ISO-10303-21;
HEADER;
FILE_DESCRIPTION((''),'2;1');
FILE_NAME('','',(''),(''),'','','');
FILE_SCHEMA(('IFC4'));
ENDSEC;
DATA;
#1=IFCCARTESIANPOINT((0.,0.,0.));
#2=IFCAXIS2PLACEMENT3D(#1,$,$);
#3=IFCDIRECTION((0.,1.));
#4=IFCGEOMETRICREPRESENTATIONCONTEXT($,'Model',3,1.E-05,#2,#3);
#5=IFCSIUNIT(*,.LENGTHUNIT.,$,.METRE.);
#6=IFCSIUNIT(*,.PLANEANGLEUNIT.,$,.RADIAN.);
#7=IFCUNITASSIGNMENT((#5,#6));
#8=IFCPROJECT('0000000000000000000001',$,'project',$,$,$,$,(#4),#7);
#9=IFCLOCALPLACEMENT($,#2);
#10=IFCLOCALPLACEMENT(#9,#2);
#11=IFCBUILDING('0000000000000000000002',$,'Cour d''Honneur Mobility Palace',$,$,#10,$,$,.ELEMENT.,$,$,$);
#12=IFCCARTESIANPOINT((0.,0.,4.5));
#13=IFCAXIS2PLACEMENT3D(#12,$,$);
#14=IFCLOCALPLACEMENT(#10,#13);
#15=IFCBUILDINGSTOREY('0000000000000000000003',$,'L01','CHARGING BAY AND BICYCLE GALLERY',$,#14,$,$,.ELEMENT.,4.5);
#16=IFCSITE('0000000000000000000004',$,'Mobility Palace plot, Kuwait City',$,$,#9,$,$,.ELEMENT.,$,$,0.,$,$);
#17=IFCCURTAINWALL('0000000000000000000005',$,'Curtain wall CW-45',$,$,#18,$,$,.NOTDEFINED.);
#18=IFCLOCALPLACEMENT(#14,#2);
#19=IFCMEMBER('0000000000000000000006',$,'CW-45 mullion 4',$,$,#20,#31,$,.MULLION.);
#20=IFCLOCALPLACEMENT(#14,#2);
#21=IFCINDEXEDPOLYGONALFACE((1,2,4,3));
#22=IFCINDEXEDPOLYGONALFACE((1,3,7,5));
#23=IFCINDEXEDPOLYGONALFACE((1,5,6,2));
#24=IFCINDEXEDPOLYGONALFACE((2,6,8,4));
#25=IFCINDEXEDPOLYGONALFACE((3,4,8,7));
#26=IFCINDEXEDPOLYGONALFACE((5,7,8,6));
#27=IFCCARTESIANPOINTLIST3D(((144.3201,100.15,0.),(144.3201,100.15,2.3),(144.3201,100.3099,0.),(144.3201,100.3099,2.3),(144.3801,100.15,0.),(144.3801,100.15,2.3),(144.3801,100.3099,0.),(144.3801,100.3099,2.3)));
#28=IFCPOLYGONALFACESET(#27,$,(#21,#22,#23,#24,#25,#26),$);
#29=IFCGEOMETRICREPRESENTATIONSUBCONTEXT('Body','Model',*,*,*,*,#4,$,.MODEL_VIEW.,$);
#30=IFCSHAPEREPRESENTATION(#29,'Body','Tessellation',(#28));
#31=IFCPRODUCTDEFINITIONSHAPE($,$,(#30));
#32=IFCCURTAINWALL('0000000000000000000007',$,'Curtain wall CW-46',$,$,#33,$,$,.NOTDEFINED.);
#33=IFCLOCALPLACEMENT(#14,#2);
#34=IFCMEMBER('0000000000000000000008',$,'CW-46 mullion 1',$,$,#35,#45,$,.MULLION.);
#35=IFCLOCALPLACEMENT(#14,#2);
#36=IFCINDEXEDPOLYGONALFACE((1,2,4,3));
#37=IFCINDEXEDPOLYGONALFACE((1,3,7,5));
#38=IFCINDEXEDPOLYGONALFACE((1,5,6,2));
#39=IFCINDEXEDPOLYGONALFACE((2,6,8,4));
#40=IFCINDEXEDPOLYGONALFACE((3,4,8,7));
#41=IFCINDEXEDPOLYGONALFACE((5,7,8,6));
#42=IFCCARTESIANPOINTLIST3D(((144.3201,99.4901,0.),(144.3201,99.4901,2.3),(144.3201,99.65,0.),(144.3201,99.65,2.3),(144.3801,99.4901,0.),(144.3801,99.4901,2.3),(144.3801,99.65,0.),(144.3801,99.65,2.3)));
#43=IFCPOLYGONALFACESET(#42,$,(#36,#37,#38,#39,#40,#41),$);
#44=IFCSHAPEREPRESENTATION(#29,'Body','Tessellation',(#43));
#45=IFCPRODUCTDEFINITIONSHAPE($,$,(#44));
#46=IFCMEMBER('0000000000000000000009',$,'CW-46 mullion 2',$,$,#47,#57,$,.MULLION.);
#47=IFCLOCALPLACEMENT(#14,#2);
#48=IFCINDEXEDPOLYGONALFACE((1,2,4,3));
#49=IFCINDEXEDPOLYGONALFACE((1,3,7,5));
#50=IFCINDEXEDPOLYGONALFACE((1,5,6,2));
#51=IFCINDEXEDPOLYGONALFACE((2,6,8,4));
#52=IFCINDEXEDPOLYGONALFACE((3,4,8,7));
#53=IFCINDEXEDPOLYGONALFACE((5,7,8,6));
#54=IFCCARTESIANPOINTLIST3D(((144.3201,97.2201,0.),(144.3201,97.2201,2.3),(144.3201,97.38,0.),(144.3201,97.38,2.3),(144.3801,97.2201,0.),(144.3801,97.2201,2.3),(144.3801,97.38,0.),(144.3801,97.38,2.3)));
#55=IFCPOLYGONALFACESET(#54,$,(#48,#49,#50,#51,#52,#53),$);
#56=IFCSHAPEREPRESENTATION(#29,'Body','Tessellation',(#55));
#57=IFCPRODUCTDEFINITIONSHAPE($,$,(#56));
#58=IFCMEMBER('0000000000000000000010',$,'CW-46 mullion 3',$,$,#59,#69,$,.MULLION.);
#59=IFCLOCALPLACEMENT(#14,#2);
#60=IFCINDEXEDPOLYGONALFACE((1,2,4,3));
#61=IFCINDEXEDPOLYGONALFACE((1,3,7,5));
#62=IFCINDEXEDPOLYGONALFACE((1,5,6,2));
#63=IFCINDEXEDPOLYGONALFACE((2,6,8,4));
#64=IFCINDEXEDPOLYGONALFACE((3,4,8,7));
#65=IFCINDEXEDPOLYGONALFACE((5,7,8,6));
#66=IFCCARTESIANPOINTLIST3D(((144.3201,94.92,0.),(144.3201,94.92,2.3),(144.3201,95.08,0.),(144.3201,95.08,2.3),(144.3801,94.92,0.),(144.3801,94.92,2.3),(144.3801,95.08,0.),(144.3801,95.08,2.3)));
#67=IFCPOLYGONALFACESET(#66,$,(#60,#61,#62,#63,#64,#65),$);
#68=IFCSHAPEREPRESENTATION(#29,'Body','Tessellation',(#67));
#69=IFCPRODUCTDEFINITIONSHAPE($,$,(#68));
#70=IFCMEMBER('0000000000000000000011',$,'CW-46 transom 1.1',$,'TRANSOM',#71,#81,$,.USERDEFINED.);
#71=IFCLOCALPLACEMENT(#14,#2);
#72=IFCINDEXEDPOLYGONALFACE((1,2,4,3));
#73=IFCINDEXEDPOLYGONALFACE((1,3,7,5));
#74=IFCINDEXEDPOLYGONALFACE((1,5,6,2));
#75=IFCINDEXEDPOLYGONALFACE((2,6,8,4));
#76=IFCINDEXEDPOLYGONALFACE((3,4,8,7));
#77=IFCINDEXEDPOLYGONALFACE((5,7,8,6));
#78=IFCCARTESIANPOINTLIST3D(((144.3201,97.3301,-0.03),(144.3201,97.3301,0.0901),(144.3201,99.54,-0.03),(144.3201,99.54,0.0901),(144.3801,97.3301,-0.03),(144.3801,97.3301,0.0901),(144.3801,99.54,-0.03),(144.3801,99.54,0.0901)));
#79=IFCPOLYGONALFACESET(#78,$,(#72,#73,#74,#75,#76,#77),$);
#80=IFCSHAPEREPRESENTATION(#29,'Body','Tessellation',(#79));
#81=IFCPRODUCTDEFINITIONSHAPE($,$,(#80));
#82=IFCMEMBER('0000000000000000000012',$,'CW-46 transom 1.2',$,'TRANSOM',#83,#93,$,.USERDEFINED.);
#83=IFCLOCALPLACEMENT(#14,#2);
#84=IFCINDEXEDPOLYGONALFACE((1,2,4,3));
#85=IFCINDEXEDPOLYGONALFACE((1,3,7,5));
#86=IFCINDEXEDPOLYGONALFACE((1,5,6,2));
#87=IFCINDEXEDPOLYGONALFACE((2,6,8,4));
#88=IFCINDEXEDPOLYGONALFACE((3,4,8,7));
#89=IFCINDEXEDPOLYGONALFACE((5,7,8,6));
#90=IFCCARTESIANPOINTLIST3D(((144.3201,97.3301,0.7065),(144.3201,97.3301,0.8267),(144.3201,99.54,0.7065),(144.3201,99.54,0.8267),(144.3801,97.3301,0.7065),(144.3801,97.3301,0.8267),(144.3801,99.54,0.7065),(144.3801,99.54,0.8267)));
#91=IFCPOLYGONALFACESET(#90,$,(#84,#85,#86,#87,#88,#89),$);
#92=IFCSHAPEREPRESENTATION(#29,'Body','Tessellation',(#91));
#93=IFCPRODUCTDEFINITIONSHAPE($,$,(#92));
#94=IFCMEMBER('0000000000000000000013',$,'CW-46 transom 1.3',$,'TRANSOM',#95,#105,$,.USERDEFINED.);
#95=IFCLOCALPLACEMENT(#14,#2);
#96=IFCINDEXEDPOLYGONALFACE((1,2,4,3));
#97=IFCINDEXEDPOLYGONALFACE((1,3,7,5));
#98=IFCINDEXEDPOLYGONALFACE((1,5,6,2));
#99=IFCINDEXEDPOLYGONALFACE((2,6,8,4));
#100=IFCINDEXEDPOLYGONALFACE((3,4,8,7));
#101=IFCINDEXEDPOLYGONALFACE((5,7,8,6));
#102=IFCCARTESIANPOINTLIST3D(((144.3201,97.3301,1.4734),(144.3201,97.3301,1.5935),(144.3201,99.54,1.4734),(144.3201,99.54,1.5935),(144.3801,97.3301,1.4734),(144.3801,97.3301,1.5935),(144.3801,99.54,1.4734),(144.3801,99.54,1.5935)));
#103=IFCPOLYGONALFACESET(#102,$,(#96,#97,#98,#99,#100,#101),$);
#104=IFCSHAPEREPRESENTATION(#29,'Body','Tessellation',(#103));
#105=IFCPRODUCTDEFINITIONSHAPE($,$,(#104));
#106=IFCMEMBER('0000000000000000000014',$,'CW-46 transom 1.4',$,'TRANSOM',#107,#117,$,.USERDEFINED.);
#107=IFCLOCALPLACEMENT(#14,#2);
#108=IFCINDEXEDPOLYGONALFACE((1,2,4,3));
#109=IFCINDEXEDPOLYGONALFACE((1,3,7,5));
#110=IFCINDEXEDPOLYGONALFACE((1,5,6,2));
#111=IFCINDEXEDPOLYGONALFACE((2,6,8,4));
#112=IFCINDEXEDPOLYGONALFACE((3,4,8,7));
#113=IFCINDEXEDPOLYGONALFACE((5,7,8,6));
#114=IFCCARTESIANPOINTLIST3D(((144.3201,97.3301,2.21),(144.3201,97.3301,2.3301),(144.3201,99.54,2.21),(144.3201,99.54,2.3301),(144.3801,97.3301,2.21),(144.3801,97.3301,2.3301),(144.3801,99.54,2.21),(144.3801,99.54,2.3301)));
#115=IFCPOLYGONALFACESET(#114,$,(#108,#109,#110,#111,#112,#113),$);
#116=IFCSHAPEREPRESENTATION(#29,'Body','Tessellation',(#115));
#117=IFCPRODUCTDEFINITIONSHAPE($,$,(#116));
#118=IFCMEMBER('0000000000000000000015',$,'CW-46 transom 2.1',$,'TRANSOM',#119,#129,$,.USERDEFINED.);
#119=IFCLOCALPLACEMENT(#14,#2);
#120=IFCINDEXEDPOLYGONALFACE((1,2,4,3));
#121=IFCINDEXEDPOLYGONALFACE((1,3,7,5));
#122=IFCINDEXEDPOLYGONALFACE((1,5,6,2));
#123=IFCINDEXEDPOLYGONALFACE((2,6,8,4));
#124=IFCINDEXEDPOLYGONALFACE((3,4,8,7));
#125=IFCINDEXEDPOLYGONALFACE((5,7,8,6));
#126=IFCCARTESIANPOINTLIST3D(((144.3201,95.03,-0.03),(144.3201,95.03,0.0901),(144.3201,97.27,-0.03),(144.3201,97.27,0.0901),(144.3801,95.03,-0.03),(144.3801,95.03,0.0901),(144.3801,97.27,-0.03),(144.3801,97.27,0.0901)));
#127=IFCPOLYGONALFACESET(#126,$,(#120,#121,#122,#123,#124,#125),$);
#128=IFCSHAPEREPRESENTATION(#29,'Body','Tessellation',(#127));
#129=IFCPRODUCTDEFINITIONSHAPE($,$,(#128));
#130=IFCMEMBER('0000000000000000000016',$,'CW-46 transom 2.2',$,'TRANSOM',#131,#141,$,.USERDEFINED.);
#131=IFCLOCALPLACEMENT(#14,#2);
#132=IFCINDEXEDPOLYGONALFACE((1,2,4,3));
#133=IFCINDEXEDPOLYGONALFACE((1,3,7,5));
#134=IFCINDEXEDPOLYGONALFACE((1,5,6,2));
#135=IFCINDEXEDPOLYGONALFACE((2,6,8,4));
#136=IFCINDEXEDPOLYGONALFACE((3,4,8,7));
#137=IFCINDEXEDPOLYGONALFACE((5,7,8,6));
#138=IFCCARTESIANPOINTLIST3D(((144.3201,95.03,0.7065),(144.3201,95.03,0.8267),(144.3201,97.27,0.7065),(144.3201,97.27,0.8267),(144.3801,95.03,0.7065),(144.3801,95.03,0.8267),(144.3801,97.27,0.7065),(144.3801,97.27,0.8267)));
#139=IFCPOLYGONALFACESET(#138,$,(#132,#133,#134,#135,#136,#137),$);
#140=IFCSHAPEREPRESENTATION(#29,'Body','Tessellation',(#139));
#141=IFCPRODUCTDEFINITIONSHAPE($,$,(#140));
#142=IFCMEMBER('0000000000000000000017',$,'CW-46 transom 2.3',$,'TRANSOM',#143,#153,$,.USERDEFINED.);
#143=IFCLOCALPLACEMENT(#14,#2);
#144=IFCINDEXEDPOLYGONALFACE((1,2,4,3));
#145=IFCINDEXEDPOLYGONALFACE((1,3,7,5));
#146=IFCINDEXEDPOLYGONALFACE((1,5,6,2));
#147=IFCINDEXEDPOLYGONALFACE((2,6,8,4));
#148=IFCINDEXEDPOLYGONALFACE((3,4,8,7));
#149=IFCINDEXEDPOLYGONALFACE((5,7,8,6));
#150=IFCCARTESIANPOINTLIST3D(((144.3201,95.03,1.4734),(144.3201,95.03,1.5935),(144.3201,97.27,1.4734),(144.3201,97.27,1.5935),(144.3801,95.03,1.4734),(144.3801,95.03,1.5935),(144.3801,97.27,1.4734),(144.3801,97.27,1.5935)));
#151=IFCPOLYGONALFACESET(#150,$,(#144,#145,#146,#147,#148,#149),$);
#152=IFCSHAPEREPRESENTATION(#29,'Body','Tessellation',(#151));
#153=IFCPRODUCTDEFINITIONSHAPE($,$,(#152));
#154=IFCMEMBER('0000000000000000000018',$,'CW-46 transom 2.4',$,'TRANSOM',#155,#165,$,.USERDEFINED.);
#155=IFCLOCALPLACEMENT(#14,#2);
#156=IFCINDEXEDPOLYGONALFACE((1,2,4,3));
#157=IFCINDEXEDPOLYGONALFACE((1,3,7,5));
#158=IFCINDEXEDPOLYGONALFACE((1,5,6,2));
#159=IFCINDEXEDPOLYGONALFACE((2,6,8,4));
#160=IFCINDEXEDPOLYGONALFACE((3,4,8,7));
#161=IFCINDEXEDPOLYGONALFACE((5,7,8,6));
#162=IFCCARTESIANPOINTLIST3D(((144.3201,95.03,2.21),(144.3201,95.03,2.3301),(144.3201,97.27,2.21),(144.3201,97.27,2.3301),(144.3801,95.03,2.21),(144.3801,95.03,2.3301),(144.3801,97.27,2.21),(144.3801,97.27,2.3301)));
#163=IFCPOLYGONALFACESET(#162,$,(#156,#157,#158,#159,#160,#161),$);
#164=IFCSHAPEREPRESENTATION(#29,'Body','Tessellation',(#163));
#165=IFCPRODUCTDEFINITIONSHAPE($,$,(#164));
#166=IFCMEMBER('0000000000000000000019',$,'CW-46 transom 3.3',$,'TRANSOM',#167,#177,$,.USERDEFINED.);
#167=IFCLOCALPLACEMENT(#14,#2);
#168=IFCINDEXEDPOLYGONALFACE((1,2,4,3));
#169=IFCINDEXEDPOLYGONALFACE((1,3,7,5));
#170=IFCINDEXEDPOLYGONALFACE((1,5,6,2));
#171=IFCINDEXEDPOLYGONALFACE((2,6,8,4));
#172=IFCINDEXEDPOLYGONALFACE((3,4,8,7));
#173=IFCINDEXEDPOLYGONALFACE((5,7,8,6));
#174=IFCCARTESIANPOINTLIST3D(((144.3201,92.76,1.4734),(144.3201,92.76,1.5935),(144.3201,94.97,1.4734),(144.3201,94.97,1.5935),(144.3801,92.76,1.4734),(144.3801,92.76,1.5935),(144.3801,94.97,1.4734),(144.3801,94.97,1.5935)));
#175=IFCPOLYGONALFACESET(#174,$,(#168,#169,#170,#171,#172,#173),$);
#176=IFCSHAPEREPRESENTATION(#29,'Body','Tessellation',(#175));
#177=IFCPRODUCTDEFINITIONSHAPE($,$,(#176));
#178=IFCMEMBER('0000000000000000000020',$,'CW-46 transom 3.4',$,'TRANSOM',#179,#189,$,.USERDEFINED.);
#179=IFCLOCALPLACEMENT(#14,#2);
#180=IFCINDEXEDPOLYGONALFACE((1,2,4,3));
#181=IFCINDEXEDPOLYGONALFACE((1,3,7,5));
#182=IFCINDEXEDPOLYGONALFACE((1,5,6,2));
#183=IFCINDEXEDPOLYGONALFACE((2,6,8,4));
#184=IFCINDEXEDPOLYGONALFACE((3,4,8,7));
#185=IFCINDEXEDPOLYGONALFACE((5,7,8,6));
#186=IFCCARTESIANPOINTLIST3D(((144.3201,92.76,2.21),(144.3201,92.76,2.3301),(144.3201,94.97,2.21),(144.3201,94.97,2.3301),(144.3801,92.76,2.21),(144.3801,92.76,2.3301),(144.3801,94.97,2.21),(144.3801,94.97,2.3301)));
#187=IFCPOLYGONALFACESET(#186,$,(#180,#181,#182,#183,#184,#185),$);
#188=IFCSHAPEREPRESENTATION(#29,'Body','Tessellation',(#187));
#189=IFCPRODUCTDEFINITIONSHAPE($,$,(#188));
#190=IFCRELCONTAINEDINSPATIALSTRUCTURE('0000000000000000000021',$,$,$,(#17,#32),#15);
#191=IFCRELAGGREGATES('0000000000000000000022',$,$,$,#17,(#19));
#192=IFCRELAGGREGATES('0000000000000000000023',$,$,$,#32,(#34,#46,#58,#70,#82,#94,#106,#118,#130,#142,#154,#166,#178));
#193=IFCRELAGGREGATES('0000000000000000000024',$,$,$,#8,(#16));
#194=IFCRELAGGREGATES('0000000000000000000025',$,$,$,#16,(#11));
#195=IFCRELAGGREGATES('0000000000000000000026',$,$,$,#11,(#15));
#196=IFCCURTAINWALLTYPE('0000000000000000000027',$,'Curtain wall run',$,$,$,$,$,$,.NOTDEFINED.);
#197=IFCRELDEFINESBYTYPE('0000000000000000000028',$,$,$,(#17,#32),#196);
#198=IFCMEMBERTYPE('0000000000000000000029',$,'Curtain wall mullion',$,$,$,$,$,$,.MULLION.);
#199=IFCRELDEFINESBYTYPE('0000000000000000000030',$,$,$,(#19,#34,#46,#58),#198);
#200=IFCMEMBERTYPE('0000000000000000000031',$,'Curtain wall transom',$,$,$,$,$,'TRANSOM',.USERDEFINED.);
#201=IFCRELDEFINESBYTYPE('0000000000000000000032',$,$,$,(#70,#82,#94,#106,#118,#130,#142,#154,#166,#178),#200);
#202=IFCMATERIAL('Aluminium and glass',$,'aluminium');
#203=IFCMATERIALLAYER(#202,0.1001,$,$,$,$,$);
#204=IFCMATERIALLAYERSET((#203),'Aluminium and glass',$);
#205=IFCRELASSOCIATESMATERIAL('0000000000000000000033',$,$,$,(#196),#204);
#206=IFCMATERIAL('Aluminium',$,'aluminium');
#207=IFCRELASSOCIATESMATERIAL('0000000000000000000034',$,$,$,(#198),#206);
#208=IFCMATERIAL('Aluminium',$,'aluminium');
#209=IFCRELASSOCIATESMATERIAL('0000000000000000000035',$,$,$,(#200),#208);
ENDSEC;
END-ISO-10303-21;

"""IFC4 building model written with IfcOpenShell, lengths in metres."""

from ifc_helpers import new_model, si_unit, direction, frame, origin, origin_2d, place, context, subcontext, project, spatial, rectangle, extrude, material, layer, layer_set, material_profile, profile_set, type_object, element, aggregate, save


model = new_model("IFC4")

# Units and contexts
model_context = context("Model", 3, precision=1e-05, world=origin(), true_north=direction((0.0, 1.0)))
body_context = subcontext(model_context, "Body", "Model", "MODEL_VIEW")
ifc_project = project(units=[si_unit("LENGTHUNIT", "METRE"), si_unit("PLANEANGLEUNIT", "RADIAN")], contexts=[model_context])

# Site, building, storey
site_placement = place(None, origin())
site = spatial("IfcSite", under=ifc_project, at=site_placement, Name="Mobility Palace plot, Kuwait City", CompositionType="ELEMENT", RefElevation=0.0)
building_placement = place(site_placement, origin())
building = spatial("IfcBuilding", under=site, at=building_placement, Name="Cour d'Honneur Mobility Palace", CompositionType="ELEMENT")
storey_placement = place(building_placement, frame((0.0, 0.0, 4.5)))
storey = spatial("IfcBuildingStorey", under=building, at=storey_placement, Name="L01", Description="CHARGING BAY AND BICYCLE GALLERY", CompositionType="ELEMENT", Elevation=4.5)

# Curtain wall, member
ifc_material_1 = material(Name="Aluminium and glass", Category="aluminium")
ifc_layer_1 = layer(ifc_material_1, 0.1001)
ifc_layer_set_1 = layer_set([ifc_layer_1], Name="Aluminium and glass")
curtain_wall_type = type_object("IfcCurtainWallType", Name="Curtain wall run", PredefinedType="NOTDEFINED", material=ifc_layer_set_1)
curtain_wall_1_placement = place(storey_placement, origin())
curtain_wall_1 = element("IfcCurtainWall", 1, at=curtain_wall_1_placement, inside=storey, type_object=curtain_wall_type, Name="Curtain wall CW-45", PredefinedType="NOTDEFINED")
ifc_material_2 = material(Name="Aluminium", Category="aluminium")
ifc_material_profile_1 = material_profile(ifc_material_2, rectangle(XDim=0.0601, YDim=0.1599, at=origin_2d()), Name="Curtain wall mullion")
ifc_profile_set_1 = profile_set([ifc_material_profile_1], Name="Aluminium")
member_type_1 = type_object("IfcMemberType", Name="Curtain wall mullion", PredefinedType="MULLION", material=ifc_profile_set_1)
member_1_placement = place(storey_placement, frame((144.3501, 100.23, 0.0), z_axis=(0.0, 0.0, 1.0), x_axis=(1.0, 0.0, 0.0)))
member_1 = element("IfcMember", 2, at=member_1_placement, type_object=member_type_1, Name="CW-45 mullion 4", PredefinedType="MULLION", context=body_context, shape_type="SweptSolid", body=[
    extrude(rectangle(XDim=0.0601, YDim=0.1599, at=origin_2d()), origin(), (0.0, 0.0, 1.0), 2.3),
])
aggregate(curtain_wall_1, [member_1])

# Curtain wall, members
curtain_wall_2_placement = place(storey_placement, origin())
curtain_wall_2 = element("IfcCurtainWall", 3, at=curtain_wall_2_placement, inside=storey, type_object=curtain_wall_type, Name="Curtain wall CW-46", PredefinedType="NOTDEFINED")
member_2_placement = place(storey_placement, frame((144.3501, 99.5701, 0.0), z_axis=(0.0, 0.0, 1.0), x_axis=(1.0, 0.0, 0.0)))
member_2 = element("IfcMember", 4, at=member_2_placement, type_object=member_type_1, Name="CW-46 mullion 1", PredefinedType="MULLION", context=body_context, shape_type="SweptSolid", body=[
    extrude(rectangle(XDim=0.0601, YDim=0.1599, at=origin_2d()), origin(), (0.0, 0.0, 1.0), 2.3),
])
member_3_placement = place(storey_placement, frame((144.3501, 97.3, 0.0), z_axis=(0.0, 0.0, 1.0), x_axis=(1.0, 0.0, 0.0)))
member_3 = element("IfcMember", 5, at=member_3_placement, type_object=member_type_1, Name="CW-46 mullion 2", PredefinedType="MULLION", context=body_context, shape_type="SweptSolid", body=[
    extrude(rectangle(XDim=0.0601, YDim=0.1599, at=origin_2d()), origin(), (0.0, 0.0, 1.0), 2.3),
])
member_4_placement = place(storey_placement, frame((144.3501, 95.0, 0.0), z_axis=(0.0, 0.0, 1.0), x_axis=(1.0, 0.0, 0.0)))
member_4 = element("IfcMember", 6, at=member_4_placement, type_object=member_type_1, Name="CW-46 mullion 3", PredefinedType="MULLION", context=body_context, shape_type="SweptSolid", body=[
    extrude(rectangle(XDim=0.0601, YDim=0.1599, at=origin_2d()), origin(), (0.0, 0.0, 1.0), 2.3),
])
ifc_material_3 = material(Name="Aluminium", Category="aluminium")
ifc_material_profile_2 = material_profile(ifc_material_3, rectangle(XDim=0.0601, YDim=0.1201, at=origin_2d()), Name="Curtain wall transom")
ifc_profile_set_2 = profile_set([ifc_material_profile_2], Name="Aluminium")
member_type_2 = type_object("IfcMemberType", Name="Curtain wall transom", ElementType="TRANSOM", PredefinedType="USERDEFINED", material=ifc_profile_set_2)
member_5_placement = place(storey_placement, frame((144.3501, 99.54, 0.03), z_axis=(0.0, -1.0, 0.0), x_axis=(1.0, 0.0, 0.0)))
member_5 = element("IfcMember", 7, at=member_5_placement, type_object=member_type_2, Name="CW-46 transom 1.1", ObjectType="TRANSOM", PredefinedType="USERDEFINED", context=body_context, shape_type="SweptSolid", body=[
    extrude(rectangle(XDim=0.0601, YDim=0.1201, at=origin_2d()), origin(), (0.0, 0.0, 1.0), 2.21),
])
member_6_placement = place(storey_placement, frame((144.3501, 99.54, 0.7666), z_axis=(0.0, -1.0, 0.0), x_axis=(1.0, 0.0, 0.0)))
member_6 = element("IfcMember", 8, at=member_6_placement, type_object=member_type_2, Name="CW-46 transom 1.2", ObjectType="TRANSOM", PredefinedType="USERDEFINED", context=body_context, shape_type="SweptSolid", body=[
    extrude(rectangle(XDim=0.0601, YDim=0.1201, at=origin_2d()), origin(), (0.0, 0.0, 1.0), 2.21),
])
member_7_placement = place(storey_placement, frame((144.3501, 99.54, 1.5334), z_axis=(0.0, -1.0, 0.0), x_axis=(1.0, 0.0, 0.0)))
member_7 = element("IfcMember", 9, at=member_7_placement, type_object=member_type_2, Name="CW-46 transom 1.3", ObjectType="TRANSOM", PredefinedType="USERDEFINED", context=body_context, shape_type="SweptSolid", body=[
    extrude(rectangle(XDim=0.0601, YDim=0.1201, at=origin_2d()), origin(), (0.0, 0.0, 1.0), 2.21),
])
member_8_placement = place(storey_placement, frame((144.3501, 99.54, 2.27), z_axis=(0.0, -1.0, 0.0), x_axis=(1.0, 0.0, 0.0)))
member_8 = element("IfcMember", 10, at=member_8_placement, type_object=member_type_2, Name="CW-46 transom 1.4", ObjectType="TRANSOM", PredefinedType="USERDEFINED", context=body_context, shape_type="SweptSolid", body=[
    extrude(rectangle(XDim=0.0601, YDim=0.1201, at=origin_2d()), origin(), (0.0, 0.0, 1.0), 2.21),
])
member_9_placement = place(storey_placement, frame((144.3501, 97.27, 0.03), z_axis=(0.0, -1.0, 0.0), x_axis=(1.0, 0.0, 0.0)))
member_9 = element("IfcMember", 11, at=member_9_placement, type_object=member_type_2, Name="CW-46 transom 2.1", ObjectType="TRANSOM", PredefinedType="USERDEFINED", context=body_context, shape_type="SweptSolid", body=[
    extrude(rectangle(XDim=0.0601, YDim=0.1201, at=origin_2d()), origin(), (0.0, 0.0, 1.0), 2.24),
])
member_10_placement = place(storey_placement, frame((144.3501, 97.27, 0.7666), z_axis=(0.0, -1.0, 0.0), x_axis=(1.0, 0.0, 0.0)))
member_10 = element("IfcMember", 12, at=member_10_placement, type_object=member_type_2, Name="CW-46 transom 2.2", ObjectType="TRANSOM", PredefinedType="USERDEFINED", context=body_context, shape_type="SweptSolid", body=[
    extrude(rectangle(XDim=0.0601, YDim=0.1201, at=origin_2d()), origin(), (0.0, 0.0, 1.0), 2.24),
])
member_11_placement = place(storey_placement, frame((144.3501, 97.27, 1.5334), z_axis=(0.0, -1.0, 0.0), x_axis=(1.0, 0.0, 0.0)))
member_11 = element("IfcMember", 13, at=member_11_placement, type_object=member_type_2, Name="CW-46 transom 2.3", ObjectType="TRANSOM", PredefinedType="USERDEFINED", context=body_context, shape_type="SweptSolid", body=[
    extrude(rectangle(XDim=0.0601, YDim=0.1201, at=origin_2d()), origin(), (0.0, 0.0, 1.0), 2.24),
])
member_12_placement = place(storey_placement, frame((144.3501, 97.27, 2.27), z_axis=(0.0, -1.0, 0.0), x_axis=(1.0, 0.0, 0.0)))
member_12 = element("IfcMember", 14, at=member_12_placement, type_object=member_type_2, Name="CW-46 transom 2.4", ObjectType="TRANSOM", PredefinedType="USERDEFINED", context=body_context, shape_type="SweptSolid", body=[
    extrude(rectangle(XDim=0.0601, YDim=0.1201, at=origin_2d()), origin(), (0.0, 0.0, 1.0), 2.24),
])
member_13_placement = place(storey_placement, frame((144.3501, 94.97, 1.5334), z_axis=(0.0, -1.0, 0.0), x_axis=(1.0, 0.0, 0.0)))
member_13 = element("IfcMember", 15, at=member_13_placement, type_object=member_type_2, Name="CW-46 transom 3.3", ObjectType="TRANSOM", PredefinedType="USERDEFINED", context=body_context, shape_type="SweptSolid", body=[
    extrude(rectangle(XDim=0.0601, YDim=0.1201, at=origin_2d()), origin(), (0.0, 0.0, 1.0), 2.21),
])
member_14_placement = place(storey_placement, frame((144.3501, 94.97, 2.27), z_axis=(0.0, -1.0, 0.0), x_axis=(1.0, 0.0, 0.0)))
member_14 = element("IfcMember", 16, at=member_14_placement, type_object=member_type_2, Name="CW-46 transom 3.4", ObjectType="TRANSOM", PredefinedType="USERDEFINED", context=body_context, shape_type="SweptSolid", body=[
    extrude(rectangle(XDim=0.0601, YDim=0.1201, at=origin_2d()), origin(), (0.0, 0.0, 1.0), 2.21),
])
aggregate(curtain_wall_2, [member_2, member_3, member_4, member_5, member_6, member_7, member_8, member_9, member_10, member_11, member_12, member_13, member_14])

save(model, "model.ifc")
